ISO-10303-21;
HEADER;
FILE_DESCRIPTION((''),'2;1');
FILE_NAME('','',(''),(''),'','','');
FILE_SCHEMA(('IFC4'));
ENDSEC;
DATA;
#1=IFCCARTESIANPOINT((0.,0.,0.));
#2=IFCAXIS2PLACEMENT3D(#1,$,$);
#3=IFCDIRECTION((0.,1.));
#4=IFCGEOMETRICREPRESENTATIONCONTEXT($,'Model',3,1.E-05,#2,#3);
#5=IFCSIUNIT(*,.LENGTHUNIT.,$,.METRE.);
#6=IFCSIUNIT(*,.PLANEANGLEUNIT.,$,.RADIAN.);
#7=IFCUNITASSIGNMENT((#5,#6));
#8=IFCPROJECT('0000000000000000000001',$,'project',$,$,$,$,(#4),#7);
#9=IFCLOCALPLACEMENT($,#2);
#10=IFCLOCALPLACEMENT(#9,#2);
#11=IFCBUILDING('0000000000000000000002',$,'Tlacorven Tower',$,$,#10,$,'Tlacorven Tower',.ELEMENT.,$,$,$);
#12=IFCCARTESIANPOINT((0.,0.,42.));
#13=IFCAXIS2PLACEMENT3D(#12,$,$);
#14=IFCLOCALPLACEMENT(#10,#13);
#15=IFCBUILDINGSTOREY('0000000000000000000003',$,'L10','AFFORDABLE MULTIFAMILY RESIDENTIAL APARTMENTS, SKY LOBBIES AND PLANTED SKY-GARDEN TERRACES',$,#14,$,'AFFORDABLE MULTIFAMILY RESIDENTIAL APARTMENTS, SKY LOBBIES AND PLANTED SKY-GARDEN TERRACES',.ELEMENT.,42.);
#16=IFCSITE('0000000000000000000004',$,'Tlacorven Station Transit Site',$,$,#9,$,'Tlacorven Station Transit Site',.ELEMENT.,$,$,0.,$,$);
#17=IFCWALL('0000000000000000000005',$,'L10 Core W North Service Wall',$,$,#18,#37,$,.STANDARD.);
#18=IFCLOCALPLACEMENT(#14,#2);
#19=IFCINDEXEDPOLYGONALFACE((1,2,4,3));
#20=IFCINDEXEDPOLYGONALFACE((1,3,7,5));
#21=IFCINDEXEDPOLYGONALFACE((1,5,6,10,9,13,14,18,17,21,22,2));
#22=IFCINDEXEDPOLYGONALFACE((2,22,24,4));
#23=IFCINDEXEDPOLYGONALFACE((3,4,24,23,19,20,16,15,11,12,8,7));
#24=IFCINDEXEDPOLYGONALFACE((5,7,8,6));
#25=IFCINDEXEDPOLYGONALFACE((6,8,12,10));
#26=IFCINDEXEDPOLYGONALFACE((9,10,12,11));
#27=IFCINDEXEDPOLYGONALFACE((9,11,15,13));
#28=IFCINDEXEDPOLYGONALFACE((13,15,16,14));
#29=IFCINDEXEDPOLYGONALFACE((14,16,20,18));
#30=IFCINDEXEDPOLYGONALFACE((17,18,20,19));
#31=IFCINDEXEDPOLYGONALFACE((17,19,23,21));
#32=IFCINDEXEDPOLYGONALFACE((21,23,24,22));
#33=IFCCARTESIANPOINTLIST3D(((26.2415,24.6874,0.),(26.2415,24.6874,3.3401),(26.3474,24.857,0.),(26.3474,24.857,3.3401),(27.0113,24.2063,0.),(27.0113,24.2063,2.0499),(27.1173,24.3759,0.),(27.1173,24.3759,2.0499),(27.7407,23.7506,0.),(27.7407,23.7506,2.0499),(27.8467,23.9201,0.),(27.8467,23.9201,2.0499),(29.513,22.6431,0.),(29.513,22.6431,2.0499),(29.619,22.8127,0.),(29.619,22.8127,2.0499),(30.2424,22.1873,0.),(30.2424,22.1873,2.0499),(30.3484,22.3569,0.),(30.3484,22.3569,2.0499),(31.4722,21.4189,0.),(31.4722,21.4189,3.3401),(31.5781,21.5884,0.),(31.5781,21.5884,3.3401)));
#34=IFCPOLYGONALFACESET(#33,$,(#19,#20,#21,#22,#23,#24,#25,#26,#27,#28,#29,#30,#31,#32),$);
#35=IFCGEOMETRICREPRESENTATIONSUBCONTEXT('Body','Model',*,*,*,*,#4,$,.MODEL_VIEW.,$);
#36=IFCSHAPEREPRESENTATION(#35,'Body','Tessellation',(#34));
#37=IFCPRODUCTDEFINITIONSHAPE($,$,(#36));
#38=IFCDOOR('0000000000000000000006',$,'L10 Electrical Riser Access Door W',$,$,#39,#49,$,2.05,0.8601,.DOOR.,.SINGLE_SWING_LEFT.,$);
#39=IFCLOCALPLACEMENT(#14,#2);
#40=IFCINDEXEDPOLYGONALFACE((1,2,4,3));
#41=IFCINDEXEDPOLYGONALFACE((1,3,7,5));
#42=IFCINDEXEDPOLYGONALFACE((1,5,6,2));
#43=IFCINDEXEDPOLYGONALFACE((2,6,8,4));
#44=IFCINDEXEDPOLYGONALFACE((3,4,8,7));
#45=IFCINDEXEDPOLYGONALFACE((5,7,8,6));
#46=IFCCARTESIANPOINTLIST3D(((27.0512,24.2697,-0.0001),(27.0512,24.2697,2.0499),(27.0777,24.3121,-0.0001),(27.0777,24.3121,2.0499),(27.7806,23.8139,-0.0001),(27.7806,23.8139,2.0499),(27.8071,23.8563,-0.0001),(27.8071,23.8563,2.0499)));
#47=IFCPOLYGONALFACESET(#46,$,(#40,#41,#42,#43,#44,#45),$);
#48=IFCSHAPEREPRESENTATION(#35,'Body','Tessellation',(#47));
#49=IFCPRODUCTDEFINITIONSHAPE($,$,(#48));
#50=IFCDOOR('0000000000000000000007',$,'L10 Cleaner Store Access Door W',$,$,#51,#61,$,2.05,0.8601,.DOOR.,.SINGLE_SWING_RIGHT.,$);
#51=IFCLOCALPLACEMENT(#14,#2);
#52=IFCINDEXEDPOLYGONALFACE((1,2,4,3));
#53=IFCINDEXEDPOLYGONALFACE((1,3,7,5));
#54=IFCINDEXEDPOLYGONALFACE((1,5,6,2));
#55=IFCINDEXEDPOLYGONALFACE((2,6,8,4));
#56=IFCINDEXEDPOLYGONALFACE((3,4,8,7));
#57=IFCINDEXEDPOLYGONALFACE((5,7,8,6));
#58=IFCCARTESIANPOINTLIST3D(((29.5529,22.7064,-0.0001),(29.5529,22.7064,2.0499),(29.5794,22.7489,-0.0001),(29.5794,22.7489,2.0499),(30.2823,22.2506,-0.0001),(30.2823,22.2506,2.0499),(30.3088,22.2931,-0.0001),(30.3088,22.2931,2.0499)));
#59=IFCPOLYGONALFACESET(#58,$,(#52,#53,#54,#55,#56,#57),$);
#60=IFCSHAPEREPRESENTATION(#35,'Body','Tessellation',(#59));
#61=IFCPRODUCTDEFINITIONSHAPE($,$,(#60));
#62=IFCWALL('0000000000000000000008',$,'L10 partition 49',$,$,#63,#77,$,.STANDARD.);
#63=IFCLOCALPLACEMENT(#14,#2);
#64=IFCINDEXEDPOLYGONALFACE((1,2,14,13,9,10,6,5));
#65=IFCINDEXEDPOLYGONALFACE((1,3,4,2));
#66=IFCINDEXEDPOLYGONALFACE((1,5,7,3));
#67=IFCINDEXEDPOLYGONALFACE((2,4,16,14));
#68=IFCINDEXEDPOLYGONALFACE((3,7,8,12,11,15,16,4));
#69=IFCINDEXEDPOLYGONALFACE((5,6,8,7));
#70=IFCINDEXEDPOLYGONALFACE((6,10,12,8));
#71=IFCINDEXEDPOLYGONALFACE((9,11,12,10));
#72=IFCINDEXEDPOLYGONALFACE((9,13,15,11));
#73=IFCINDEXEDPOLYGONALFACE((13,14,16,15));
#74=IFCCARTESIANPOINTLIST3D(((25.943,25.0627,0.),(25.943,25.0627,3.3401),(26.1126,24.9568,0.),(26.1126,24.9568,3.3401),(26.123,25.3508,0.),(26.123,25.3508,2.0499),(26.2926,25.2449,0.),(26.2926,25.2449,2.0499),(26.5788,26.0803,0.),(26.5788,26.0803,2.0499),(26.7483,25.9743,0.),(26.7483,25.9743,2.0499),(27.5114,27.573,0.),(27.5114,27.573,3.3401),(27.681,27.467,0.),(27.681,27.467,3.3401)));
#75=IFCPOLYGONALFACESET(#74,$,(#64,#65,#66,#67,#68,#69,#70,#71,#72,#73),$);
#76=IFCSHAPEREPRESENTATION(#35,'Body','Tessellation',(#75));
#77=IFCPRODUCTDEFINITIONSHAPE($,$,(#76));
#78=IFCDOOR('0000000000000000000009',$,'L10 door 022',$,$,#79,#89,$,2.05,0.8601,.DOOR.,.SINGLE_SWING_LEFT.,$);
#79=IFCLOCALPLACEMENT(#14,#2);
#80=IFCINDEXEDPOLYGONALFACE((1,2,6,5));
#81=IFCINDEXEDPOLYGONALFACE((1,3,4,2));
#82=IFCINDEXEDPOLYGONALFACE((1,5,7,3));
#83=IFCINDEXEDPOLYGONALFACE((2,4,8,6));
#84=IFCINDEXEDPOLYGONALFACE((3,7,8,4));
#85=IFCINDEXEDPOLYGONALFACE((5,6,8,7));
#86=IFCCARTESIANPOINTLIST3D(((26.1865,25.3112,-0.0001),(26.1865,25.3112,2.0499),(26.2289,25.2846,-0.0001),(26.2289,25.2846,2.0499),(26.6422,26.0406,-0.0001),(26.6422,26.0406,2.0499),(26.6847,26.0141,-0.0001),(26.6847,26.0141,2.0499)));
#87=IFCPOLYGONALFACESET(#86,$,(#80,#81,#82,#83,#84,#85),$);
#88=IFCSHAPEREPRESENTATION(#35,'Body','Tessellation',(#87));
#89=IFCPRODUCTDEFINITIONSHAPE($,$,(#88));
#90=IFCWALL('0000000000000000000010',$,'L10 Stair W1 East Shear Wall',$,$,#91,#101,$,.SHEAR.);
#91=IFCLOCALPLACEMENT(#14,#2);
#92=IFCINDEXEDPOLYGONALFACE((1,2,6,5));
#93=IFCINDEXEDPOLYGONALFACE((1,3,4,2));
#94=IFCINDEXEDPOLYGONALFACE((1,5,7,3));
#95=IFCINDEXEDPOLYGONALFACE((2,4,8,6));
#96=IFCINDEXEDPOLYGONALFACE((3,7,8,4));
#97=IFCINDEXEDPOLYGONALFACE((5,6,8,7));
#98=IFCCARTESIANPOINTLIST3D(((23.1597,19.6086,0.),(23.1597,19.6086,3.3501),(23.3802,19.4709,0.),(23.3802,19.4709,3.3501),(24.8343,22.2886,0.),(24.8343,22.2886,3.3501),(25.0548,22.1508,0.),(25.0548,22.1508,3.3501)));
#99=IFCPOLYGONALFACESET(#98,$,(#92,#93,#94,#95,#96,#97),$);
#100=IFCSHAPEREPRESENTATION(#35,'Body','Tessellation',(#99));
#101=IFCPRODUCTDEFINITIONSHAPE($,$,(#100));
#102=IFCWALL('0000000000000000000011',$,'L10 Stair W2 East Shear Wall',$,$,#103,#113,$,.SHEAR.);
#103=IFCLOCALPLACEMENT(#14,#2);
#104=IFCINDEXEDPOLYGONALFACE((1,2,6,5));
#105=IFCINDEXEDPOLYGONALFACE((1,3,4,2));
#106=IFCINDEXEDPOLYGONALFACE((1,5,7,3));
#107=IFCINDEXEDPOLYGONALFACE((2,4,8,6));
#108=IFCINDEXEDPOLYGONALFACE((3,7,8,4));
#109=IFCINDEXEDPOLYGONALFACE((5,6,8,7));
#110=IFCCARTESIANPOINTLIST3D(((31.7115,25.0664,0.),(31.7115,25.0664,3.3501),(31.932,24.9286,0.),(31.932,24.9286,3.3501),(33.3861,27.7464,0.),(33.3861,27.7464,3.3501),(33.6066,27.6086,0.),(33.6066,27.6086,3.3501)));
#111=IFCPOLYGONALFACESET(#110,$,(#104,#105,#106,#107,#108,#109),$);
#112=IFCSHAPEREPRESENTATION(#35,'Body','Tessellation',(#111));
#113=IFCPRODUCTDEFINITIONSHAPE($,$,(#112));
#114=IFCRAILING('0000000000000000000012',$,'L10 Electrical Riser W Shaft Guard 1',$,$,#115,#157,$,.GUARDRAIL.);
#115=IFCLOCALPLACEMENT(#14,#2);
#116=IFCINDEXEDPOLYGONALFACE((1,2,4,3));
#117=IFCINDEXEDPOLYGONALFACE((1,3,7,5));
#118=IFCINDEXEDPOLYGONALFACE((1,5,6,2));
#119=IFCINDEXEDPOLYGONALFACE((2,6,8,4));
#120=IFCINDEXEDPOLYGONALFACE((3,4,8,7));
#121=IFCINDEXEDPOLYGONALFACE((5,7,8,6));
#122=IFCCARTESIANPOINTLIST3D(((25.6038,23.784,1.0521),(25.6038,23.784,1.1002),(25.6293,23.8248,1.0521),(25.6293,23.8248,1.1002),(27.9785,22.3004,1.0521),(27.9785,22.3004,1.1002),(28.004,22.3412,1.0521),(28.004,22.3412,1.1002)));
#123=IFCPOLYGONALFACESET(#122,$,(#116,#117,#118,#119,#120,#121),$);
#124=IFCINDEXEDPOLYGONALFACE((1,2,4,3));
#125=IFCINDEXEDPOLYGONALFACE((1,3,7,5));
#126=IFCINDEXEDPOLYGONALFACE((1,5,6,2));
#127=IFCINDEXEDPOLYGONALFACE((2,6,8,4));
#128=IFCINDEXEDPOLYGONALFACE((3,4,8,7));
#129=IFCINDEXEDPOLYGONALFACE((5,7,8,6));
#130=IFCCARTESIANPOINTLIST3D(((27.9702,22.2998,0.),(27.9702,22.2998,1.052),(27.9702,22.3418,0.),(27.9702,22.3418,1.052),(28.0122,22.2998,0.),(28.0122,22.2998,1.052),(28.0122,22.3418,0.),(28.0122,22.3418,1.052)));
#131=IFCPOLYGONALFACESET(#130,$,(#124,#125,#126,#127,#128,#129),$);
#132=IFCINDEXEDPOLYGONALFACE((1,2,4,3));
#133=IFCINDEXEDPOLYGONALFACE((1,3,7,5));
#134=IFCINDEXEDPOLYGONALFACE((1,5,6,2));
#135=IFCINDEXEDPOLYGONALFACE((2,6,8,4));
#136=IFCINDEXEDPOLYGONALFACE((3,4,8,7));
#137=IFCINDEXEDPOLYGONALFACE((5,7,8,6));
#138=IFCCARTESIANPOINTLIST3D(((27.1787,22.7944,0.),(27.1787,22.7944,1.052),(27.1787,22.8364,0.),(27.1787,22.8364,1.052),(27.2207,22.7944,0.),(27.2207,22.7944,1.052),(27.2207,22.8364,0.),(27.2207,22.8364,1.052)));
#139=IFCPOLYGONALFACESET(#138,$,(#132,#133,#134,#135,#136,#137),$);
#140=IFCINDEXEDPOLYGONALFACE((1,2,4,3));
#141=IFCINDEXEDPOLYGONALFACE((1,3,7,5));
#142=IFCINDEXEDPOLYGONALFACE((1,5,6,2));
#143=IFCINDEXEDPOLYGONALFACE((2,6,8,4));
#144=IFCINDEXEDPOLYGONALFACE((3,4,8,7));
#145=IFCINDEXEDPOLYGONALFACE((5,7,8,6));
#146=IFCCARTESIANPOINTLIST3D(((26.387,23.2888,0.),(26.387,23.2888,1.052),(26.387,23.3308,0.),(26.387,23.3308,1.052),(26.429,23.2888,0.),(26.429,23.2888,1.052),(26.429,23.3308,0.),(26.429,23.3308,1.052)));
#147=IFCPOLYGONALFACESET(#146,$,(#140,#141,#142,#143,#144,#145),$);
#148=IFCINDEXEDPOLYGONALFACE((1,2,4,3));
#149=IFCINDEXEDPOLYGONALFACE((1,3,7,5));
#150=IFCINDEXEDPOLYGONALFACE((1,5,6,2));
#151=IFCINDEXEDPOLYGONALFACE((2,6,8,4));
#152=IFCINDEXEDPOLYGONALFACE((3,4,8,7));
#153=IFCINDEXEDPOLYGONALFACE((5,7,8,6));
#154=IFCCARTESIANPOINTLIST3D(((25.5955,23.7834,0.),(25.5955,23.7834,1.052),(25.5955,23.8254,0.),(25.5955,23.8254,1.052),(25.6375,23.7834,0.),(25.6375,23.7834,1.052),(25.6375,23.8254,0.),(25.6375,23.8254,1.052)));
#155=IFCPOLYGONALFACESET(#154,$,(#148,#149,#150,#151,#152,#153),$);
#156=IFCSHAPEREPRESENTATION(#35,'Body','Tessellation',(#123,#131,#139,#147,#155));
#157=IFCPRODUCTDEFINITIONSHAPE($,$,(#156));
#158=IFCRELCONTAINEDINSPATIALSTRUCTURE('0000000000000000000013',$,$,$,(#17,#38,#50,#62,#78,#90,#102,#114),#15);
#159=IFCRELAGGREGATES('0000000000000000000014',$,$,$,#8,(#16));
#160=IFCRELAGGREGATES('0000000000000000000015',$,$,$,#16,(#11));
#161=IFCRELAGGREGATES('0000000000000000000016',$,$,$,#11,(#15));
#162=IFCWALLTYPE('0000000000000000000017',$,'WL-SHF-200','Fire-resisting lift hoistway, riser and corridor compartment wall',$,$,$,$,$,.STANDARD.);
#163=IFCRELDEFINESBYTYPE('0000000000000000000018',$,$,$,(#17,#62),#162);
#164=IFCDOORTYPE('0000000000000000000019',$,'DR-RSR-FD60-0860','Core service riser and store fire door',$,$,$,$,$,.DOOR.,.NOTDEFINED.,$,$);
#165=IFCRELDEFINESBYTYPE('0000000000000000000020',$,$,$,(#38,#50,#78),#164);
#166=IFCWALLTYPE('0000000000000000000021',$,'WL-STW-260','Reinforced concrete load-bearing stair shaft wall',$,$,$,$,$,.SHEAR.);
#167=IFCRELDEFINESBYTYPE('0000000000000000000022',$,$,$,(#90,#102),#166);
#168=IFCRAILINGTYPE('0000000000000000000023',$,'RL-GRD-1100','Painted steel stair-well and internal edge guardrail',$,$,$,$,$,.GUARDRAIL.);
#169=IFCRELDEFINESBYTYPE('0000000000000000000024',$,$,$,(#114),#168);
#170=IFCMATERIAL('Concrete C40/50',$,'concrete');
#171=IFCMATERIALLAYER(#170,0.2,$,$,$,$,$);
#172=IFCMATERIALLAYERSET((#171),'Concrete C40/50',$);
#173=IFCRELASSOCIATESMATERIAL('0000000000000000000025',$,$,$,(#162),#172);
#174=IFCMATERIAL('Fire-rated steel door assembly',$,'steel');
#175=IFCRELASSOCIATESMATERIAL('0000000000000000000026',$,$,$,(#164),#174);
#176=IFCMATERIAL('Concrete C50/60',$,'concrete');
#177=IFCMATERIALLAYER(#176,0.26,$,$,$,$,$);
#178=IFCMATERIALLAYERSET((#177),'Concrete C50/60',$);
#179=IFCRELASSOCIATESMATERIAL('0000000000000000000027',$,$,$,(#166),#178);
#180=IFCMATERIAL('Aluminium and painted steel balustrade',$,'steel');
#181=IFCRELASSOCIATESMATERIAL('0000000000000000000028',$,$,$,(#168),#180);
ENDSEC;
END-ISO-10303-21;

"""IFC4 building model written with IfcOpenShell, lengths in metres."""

from ifc_helpers import new_model, si_unit, direction, frame, frame_2d, origin, origin_2d, place, context, subcontext, project, spatial, rectangle, extrude, source, transform, mapped, material, layer, layer_set, type_object, element, fill, save


model = new_model("IFC4")

# Units and contexts
model_context = context("Model", 3, precision=1e-05, world=origin(), true_north=direction((0.0, 1.0)))
body_context = subcontext(model_context, "Body", "Model", "MODEL_VIEW")
ifc_project = project(units=[si_unit("LENGTHUNIT", "METRE"), si_unit("PLANEANGLEUNIT", "RADIAN")], contexts=[model_context])

# Site, building, storey
site_placement = place(None, origin())
site = spatial("IfcSite", under=ifc_project, at=site_placement, Name="Tlacorven Station Transit Site", LongName="Tlacorven Station Transit Site", CompositionType="ELEMENT", RefElevation=0.0)
building_placement = place(site_placement, origin())
building = spatial("IfcBuilding", under=site, at=building_placement, Name="Tlacorven Tower", LongName="Tlacorven Tower", CompositionType="ELEMENT")
storey_placement = place(building_placement, frame((0.0, 0.0, 42.0)))
storey = spatial("IfcBuildingStorey", under=building, at=storey_placement, Name="L10", Description="AFFORDABLE MULTIFAMILY RESIDENTIAL APARTMENTS, SKY LOBBIES AND PLANTED SKY-GARDEN TERRACES", LongName="AFFORDABLE MULTIFAMILY RESIDENTIAL APARTMENTS, SKY LOBBIES AND PLANTED SKY-GARDEN TERRACES", CompositionType="ELEMENT", Elevation=42.0)

# Shared definitions
ifc_material_1 = material(Name="Concrete C40/50", Category="concrete")
ifc_layer_1 = layer(ifc_material_1, 0.2)
ifc_layer_set_1 = layer_set([ifc_layer_1], Name="Concrete C40/50")
wall_type_1 = type_object("IfcWallType", Name="WL-SHF-200", Description="Fire-resisting lift hoistway, riser and corridor compartment wall", PredefinedType="STANDARD", material=ifc_layer_set_1)

# Wall, openings, doors
wall_1_placement = place(storey_placement, frame((31.5251, 21.5037, 0.0), z_axis=(0.0, 0.0, 1.0), x_axis=(-0.848045, 0.529924, 0.0)))
wall_1 = element("IfcWall", 1, at=wall_1_placement, inside=storey, type_object=wall_type_1, Name="L10 Core W North Service Wall", PredefinedType="STANDARD", context=body_context, shape_type="SweptSolid", body=[
    extrude(rectangle(XDim=6.168, YDim=0.2, at=frame_2d((3.084, 0.0))), origin(), (0.0, 0.0, 1.0), 3.3401),
])
opening_1_placement = place(wall_1_placement, frame((4.3999, 0.0, 0.0)))
opening_1 = element("IfcOpeningElement", 2, at=opening_1_placement, cuts=wall_1, PredefinedType="OPENING", context=body_context, shape_type="SweptSolid", body=[
    extrude(rectangle(XDim=0.8601, YDim=2.05, at=frame_2d((0.4302, 1.0249))), frame((0.0, 0.1099, 0.0), z_axis=(0.0, -1.0, 0.0), x_axis=(1.0, 0.0, 0.0)), (0.0, 0.0, 1.0), 0.22),
])
opening_2_placement = place(wall_1_placement, frame((1.45, 0.0, 0.0)))
opening_2 = element("IfcOpeningElement", 3, at=opening_2_placement, cuts=wall_1, PredefinedType="OPENING", context=body_context, shape_type="SweptSolid", body=[
    extrude(rectangle(XDim=0.8601, YDim=2.05, at=frame_2d((0.4302, 1.0249))), frame((0.0, 0.1099, 0.0), z_axis=(0.0, -1.0, 0.0), x_axis=(1.0, 0.0, 0.0)), (0.0, 0.0, 1.0), 0.22),
])
ifc_material_2 = material(Name="Fire-rated steel door assembly", Category="steel")
door_type_1 = type_object("IfcDoorType", Name="DR-RSR-FD60-0860", Description="Core service riser and store fire door", OperationType="NOTDEFINED", PredefinedType="DOOR", material=ifc_material_2)
shared_shape_1 = source(origin(), body_context, "Body", "SweptSolid", [
    extrude(rectangle(XDim=0.8601, YDim=2.05, at=frame_2d((0.4302, 1.0249))), frame((0.0, 0.0249, 0.0), z_axis=(0.0, -1.0, 0.0), x_axis=(1.0, 0.0, 0.0)), (0.0, 0.0, 1.0), 0.05),
])
door_1_placement = place(opening_1_placement, frame((0.8601, 0.0, 0.0), z_axis=(0.0, 0.0, 1.0), x_axis=(-1.0, 0.0, 0.0)))
door_1 = element("IfcDoor", 4, at=door_1_placement, inside=storey, type_object=door_type_1, Name="L10 Electrical Riser Access Door W", OperationType="SINGLE_SWING_LEFT", OverallHeight=2.05, OverallWidth=0.8601, PredefinedType="DOOR", context=body_context, shape_type="MappedRepresentation", body=[
    mapped(shared_shape_1, transform((0.0, 0.0, 0.0), scale=1.0)),
])
fill(opening_1, door_1)
door_2_placement = place(opening_2_placement, frame((0.8601, 0.0, 0.0), z_axis=(0.0, 0.0, 1.0), x_axis=(-1.0, 0.0, 0.0)))
door_2 = element("IfcDoor", 5, at=door_2_placement, inside=storey, type_object=door_type_1, Name="L10 Cleaner Store Access Door W", OperationType="SINGLE_SWING_RIGHT", OverallHeight=2.05, OverallWidth=0.8601, PredefinedType="DOOR", context=body_context, shape_type="MappedRepresentation", body=[
    mapped(shared_shape_1, transform((0.0, 0.0, 0.0), scale=1.0)),
])
fill(opening_2, door_2)

# Wall, opening, door
wall_2_placement = place(storey_placement, frame((27.5962, 27.52, 0.0), z_axis=(0.0, 0.0, 1.0), x_axis=(-0.529865, -0.848082, 0.0)))
wall_2 = element("IfcWall", 6, at=wall_2_placement, inside=storey, type_object=wall_type_1, Name="L10 partition 49", PredefinedType="STANDARD", context=body_context, shape_type="SweptSolid", body=[
    extrude(rectangle(XDim=2.96, YDim=0.2, at=frame_2d((1.48, 0.0))), origin(), (0.0, 0.0, 1.0), 3.3401),
])
opening_3_placement = place(wall_2_placement, frame((1.76, 0.0, 0.0)))
opening_3 = element("IfcOpeningElement", 7, at=opening_3_placement, cuts=wall_2, PredefinedType="OPENING", context=body_context, shape_type="SweptSolid", body=[
    extrude(rectangle(XDim=0.8601, YDim=2.05, at=frame_2d((0.4302, 1.0249))), frame((0.0, 0.1099, 0.0), z_axis=(0.0, -1.0, 0.0), x_axis=(1.0, 0.0, 0.0)), (0.0, 0.0, 1.0), 0.22),
])
door_3_placement = place(opening_3_placement, origin())
door_3 = element("IfcDoor", 8, at=door_3_placement, inside=storey, type_object=door_type_1, Name="L10 door 022", OperationType="SINGLE_SWING_LEFT", OverallHeight=2.05, OverallWidth=0.8601, PredefinedType="DOOR", context=body_context, shape_type="MappedRepresentation", body=[
    mapped(shared_shape_1, transform((0.0, 0.0, 0.0), scale=1.0)),
])
fill(opening_3, door_3)

# Walls
ifc_material_3 = material(Name="Concrete C50/60", Category="concrete")
ifc_layer_2 = layer(ifc_material_3, 0.26)
ifc_layer_set_2 = layer_set([ifc_layer_2], Name="Concrete C50/60")
wall_type_2 = type_object("IfcWallType", Name="WL-STW-260", Description="Reinforced concrete load-bearing stair shaft wall", PredefinedType="SHEAR", material=ifc_layer_set_2)
for number, where, z_axis, x_axis, name in (
    (9, (24.9446, 22.2197, 0.0), (0.0, 0.0, 1.0), (-0.529909, -0.848055, 0.0), "L10 Stair W1 East Shear Wall"),
    (10, (33.4963, 27.6775, 0.0), (0.0, 0.0, 1.0), (-0.529909, -0.848055, 0.0), "L10 Stair W2 East Shear Wall"),
):
    element("IfcWall", number, at=place(storey_placement, frame(where, z_axis=z_axis, x_axis=x_axis)), inside=storey, type_object=wall_type_2, Name=name, PredefinedType="SHEAR", context=body_context, shape_type="SweptSolid", body=[
        extrude(rectangle(XDim=3.1602, YDim=0.26, at=frame_2d((1.5801, 0.0))), origin(), (0.0, 0.0, 1.0), 3.3501),
    ])

# Railing
ifc_material_4 = material(Name="Aluminium and painted steel balustrade", Category="steel")
railing_type_1 = type_object("IfcRailingType", Name="RL-GRD-1100", Description="Painted steel stair-well and internal edge guardrail", PredefinedType="GUARDRAIL", material=ifc_material_4)
shared_shape_2 = source(origin(), body_context, "Body", "SweptSolid", [
    extrude(rectangle(XDim=0.0481, YDim=0.0481, at=origin_2d()), frame((0.0, 0.0, 1.0762), z_axis=(-0.848091, 0.52985, 0.0), x_axis=(-0.52985, -0.848091, 0.0)), (0.0, 0.0, 1.0), 2.8),
    extrude(rectangle(XDim=0.042, YDim=0.042, at=origin_2d()), origin(), (0.0, 0.0, 1.0), 1.052),
    extrude(rectangle(XDim=0.042, YDim=0.042, at=origin_2d()), frame((-0.7915, 0.4946, 0.0)), (0.0, 0.0, 1.0), 1.052),
    extrude(rectangle(XDim=0.042, YDim=0.042, at=origin_2d()), frame((-1.5833, 0.989, 0.0)), (0.0, 0.0, 1.0), 1.052),
    extrude(rectangle(XDim=0.042, YDim=0.042, at=origin_2d()), frame((-2.3748, 1.4836, 0.0)), (0.0, 0.0, 1.0), 1.052),
])
railing_1_placement = place(storey_placement, frame((27.9912, 22.3208, 0.0)))
element("IfcRailing", 11, at=railing_1_placement, inside=storey, type_object=railing_type_1, Name="L10 Electrical Riser W Shaft Guard 1", PredefinedType="GUARDRAIL", context=body_context, shape_type="MappedRepresentation", body=[
    mapped(shared_shape_2, transform((0.0, 0.0, 0.0), scale=1.0)),
])

save(model, "model.ifc")
